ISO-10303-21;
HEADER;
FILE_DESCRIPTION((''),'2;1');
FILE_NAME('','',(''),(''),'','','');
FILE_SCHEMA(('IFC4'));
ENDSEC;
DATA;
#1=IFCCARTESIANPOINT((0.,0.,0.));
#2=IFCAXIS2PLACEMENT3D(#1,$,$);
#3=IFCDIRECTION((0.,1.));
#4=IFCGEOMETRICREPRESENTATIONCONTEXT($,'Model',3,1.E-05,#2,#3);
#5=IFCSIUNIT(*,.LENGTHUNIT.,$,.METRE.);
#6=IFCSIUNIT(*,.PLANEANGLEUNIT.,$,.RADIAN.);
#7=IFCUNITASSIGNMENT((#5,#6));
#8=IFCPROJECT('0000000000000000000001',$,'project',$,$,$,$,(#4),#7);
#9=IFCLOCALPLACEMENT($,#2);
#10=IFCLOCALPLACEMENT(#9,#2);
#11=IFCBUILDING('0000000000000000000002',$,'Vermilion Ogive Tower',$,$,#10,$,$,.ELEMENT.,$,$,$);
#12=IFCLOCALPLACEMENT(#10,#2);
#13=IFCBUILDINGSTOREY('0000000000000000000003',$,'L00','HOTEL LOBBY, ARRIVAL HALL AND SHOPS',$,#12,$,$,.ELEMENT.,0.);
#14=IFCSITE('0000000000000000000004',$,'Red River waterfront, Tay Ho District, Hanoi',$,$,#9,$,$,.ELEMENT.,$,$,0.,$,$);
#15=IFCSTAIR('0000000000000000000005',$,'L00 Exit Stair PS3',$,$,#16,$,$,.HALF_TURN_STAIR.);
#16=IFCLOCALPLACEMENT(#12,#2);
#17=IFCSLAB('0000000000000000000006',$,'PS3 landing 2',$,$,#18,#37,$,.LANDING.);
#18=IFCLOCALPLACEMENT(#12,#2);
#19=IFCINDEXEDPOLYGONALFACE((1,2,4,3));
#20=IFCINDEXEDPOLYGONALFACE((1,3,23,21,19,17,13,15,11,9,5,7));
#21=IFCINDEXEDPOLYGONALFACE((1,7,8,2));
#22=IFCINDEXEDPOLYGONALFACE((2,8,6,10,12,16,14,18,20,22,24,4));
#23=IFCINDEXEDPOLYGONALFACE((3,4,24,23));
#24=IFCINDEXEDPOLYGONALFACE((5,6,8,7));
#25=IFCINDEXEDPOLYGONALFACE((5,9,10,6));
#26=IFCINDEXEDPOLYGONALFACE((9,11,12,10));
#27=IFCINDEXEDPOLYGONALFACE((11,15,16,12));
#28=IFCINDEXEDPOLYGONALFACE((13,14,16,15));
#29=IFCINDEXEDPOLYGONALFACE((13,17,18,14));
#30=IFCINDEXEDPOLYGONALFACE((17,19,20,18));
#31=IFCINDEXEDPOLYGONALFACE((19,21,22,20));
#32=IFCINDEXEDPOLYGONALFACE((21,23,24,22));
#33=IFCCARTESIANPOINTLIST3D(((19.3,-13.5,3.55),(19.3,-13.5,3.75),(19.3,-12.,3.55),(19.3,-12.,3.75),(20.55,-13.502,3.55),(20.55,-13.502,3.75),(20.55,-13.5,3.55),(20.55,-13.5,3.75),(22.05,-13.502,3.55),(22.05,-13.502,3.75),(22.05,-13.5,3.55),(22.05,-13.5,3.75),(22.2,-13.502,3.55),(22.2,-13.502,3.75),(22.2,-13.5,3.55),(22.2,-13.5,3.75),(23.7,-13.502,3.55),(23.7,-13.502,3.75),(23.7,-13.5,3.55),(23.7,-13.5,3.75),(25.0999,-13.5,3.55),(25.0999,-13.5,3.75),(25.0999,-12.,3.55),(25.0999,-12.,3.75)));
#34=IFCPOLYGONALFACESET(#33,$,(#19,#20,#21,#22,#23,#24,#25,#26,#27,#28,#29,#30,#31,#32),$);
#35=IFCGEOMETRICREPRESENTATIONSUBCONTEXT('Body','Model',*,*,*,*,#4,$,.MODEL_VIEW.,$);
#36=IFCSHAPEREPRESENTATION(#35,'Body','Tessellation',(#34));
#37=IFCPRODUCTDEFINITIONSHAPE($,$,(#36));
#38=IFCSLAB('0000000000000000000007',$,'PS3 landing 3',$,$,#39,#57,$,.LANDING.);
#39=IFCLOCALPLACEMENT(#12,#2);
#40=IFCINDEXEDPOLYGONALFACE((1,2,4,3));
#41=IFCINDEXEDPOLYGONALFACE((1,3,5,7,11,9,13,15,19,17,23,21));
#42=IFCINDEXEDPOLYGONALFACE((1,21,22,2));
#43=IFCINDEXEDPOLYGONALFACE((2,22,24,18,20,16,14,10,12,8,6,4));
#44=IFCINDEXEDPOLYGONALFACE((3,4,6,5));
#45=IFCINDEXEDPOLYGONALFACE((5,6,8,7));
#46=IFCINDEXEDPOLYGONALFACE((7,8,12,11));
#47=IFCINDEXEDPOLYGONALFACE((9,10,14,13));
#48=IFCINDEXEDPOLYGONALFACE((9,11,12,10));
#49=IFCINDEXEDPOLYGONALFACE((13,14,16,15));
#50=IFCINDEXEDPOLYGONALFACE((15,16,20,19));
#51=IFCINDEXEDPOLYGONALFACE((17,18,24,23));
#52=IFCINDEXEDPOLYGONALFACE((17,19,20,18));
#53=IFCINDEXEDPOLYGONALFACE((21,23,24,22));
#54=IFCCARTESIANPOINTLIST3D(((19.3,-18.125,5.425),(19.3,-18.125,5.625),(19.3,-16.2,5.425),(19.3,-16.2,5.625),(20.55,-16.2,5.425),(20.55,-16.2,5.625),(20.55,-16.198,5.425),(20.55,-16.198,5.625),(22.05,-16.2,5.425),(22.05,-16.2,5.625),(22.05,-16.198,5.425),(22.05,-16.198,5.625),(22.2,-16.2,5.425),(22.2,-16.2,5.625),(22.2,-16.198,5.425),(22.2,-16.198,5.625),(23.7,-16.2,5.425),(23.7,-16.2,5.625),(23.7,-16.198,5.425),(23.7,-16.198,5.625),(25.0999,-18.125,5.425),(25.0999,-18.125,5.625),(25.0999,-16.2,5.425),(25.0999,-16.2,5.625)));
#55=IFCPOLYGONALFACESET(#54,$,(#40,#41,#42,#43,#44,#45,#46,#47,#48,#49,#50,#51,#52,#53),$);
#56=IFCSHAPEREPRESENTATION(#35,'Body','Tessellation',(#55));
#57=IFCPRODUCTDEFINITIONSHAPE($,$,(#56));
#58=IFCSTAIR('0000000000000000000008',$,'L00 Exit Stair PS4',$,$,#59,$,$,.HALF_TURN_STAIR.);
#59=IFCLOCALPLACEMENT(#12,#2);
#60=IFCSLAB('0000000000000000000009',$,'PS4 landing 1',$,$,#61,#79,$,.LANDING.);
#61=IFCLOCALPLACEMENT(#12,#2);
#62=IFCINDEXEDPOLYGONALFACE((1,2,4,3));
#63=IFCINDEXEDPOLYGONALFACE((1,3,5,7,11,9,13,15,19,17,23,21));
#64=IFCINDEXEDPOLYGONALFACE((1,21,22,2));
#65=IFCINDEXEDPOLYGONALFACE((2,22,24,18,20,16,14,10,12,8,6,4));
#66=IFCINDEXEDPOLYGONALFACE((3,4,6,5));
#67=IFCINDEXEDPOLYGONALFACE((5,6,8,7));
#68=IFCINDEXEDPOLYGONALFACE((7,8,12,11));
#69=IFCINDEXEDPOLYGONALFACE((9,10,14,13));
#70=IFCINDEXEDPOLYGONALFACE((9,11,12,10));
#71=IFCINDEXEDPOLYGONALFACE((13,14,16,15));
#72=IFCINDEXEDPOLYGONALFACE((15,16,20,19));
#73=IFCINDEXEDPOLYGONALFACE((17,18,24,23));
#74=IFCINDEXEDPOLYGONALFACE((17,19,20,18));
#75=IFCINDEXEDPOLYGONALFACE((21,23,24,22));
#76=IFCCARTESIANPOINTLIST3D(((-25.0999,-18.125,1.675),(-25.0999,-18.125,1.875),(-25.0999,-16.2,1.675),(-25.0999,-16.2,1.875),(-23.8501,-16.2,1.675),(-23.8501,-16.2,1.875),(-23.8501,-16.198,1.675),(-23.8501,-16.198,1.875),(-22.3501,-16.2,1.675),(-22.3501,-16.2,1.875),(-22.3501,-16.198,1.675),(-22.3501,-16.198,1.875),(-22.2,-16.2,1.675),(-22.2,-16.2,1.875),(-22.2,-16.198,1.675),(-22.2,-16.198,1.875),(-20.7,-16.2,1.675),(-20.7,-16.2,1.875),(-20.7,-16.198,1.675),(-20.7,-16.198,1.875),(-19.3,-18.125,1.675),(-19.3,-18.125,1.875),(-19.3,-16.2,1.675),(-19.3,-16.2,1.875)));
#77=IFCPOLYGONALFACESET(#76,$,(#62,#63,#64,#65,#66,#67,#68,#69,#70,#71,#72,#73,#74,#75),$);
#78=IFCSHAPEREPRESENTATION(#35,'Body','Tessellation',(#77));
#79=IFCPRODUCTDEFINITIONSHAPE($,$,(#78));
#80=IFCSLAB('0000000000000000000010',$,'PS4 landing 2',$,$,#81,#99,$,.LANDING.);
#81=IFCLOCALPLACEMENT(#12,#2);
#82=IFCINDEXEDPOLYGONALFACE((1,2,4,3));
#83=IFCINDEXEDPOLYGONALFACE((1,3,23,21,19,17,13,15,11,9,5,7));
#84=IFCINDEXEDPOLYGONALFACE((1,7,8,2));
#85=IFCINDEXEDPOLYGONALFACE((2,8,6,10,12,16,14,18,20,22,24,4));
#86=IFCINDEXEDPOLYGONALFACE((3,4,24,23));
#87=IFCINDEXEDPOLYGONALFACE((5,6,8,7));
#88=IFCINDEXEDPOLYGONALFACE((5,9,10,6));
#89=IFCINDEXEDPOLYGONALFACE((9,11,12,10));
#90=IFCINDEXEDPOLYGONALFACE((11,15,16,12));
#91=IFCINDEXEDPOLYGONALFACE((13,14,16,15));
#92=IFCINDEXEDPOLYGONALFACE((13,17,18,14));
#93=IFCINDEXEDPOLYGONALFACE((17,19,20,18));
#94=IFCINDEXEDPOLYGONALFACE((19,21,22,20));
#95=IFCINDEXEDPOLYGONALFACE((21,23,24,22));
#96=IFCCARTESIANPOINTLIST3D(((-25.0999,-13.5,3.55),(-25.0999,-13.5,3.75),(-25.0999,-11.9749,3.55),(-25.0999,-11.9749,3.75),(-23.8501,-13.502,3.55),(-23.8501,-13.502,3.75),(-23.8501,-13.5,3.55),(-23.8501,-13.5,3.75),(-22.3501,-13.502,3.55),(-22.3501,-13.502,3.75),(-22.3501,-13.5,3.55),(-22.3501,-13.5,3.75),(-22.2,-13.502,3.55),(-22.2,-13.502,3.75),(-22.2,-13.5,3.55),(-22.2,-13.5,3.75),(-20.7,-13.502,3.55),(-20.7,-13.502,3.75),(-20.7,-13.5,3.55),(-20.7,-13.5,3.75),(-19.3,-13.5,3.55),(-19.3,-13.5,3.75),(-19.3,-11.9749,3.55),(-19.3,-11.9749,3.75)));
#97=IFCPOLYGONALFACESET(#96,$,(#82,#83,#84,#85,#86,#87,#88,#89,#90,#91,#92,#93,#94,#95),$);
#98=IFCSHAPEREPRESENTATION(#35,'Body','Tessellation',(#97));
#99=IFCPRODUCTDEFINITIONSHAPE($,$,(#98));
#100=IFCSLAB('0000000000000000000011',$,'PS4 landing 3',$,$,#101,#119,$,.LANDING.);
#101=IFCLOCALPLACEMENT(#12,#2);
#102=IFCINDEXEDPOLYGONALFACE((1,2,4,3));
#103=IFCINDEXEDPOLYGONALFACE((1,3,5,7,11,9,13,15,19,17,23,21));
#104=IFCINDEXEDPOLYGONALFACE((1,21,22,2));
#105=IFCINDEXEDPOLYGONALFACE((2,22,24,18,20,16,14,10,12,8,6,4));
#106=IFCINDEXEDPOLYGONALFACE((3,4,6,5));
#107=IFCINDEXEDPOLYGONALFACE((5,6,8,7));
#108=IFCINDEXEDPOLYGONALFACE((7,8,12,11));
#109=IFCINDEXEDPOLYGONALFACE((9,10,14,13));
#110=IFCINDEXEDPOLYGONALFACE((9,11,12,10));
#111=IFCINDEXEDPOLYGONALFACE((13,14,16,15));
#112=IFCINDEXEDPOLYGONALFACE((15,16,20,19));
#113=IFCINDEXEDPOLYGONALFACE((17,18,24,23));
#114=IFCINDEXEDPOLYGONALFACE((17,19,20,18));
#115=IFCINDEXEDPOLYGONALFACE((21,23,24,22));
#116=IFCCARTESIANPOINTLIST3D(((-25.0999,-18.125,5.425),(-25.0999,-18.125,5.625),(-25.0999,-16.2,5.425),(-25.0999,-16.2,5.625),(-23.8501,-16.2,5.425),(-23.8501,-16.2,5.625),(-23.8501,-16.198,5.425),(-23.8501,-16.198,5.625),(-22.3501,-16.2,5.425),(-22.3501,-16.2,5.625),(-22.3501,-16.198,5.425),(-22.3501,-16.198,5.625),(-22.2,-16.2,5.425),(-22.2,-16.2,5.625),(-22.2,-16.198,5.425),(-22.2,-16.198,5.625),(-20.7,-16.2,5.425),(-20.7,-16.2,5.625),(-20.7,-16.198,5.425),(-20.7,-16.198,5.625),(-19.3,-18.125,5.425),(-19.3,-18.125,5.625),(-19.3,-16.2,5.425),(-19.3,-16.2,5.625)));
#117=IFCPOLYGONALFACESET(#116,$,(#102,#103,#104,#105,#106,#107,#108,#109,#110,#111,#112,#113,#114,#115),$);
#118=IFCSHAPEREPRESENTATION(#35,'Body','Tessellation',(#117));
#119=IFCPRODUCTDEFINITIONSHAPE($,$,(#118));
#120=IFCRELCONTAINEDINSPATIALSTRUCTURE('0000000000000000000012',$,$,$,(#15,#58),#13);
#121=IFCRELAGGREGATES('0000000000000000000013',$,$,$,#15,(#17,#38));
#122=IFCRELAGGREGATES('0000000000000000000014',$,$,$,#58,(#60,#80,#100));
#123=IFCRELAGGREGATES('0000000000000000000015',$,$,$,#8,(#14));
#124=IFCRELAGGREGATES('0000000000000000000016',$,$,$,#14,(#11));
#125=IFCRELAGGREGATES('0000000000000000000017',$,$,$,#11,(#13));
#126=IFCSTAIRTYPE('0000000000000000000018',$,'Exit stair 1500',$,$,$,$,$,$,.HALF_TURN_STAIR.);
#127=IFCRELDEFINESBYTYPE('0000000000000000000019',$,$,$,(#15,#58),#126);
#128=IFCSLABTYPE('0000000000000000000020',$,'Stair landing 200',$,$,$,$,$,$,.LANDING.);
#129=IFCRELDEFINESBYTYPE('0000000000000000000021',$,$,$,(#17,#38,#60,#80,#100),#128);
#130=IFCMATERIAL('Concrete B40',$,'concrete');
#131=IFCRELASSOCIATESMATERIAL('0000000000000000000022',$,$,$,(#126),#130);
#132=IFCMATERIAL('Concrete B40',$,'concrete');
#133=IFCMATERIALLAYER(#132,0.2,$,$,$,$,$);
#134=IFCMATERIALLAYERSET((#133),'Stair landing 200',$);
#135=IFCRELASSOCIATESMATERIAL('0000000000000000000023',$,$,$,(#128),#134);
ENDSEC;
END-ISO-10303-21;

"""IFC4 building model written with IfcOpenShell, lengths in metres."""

from ifc_helpers import new_model, si_unit, direction, frame, origin, place, context, subcontext, project, spatial, polyline, outline, extrude, material, layer, layer_set, type_object, element, aggregate, save


model = new_model("IFC4")

# Units and contexts
model_context = context("Model", 3, precision=1e-05, world=origin(), true_north=direction((0.0, 1.0)))
body_context = subcontext(model_context, "Body", "Model", "MODEL_VIEW")
ifc_project = project(units=[si_unit("LENGTHUNIT", "METRE"), si_unit("PLANEANGLEUNIT", "RADIAN")], contexts=[model_context])

# Site, building, storey
site_placement = place(None, origin())
site = spatial("IfcSite", under=ifc_project, at=site_placement, Name="Red River waterfront, Tay Ho District, Hanoi", CompositionType="ELEMENT", RefElevation=0.0)
building_placement = place(site_placement, origin())
building = spatial("IfcBuilding", under=site, at=building_placement, Name="Vermilion Ogive Tower", CompositionType="ELEMENT")
storey_placement = place(building_placement, origin())
storey = spatial("IfcBuildingStorey", under=building, at=storey_placement, Name="L00", Description="HOTEL LOBBY, ARRIVAL HALL AND SHOPS", CompositionType="ELEMENT", Elevation=0.0)

# Stairs, slabs
ifc_material_1 = material(Name="Concrete B40", Category="concrete")
stair_type = type_object("IfcStairType", Name="Exit stair 1500", PredefinedType="HALF_TURN_STAIR", material=ifc_material_1)
ifc_material_2 = material(Name="Concrete B40", Category="concrete")
ifc_layer = layer(ifc_material_2, 0.2)
ifc_layer_set = layer_set([ifc_layer], Name="Stair landing 200")
slab_type = type_object("IfcSlabType", Name="Stair landing 200", PredefinedType="LANDING", material=ifc_layer_set)
stair_1_placement = place(storey_placement, origin())
stair_1 = element("IfcStair", 1, at=stair_1_placement, inside=storey, type_object=stair_type, Name="L00 Exit Stair PS3", PredefinedType="HALF_TURN_STAIR")
slab_1_placement = place(storey_placement, frame((0.0, 0.0, 3.55)))
slab_1 = element("IfcSlab", 2, at=slab_1_placement, type_object=slab_type, Name="PS3 landing 2", PredefinedType="LANDING", context=body_context, shape_type="SweptSolid", body=[
    extrude(outline(polyline([(19.3, -13.5), (20.55, -13.5), (20.55, -13.502), (22.05, -13.502), (22.05, -13.5), (22.2, -13.5), (22.2, -13.502), (23.7, -13.502), (23.7, -13.5), (25.0999, -13.5), (25.0999, -12.0), (19.3, -12.0), (19.3, -13.5)])), origin(), (0.0, 0.0, 1.0), 0.2),
])
slab_2_placement = place(storey_placement, frame((0.0, 0.0, 5.425)))
slab_2 = element("IfcSlab", 3, at=slab_2_placement, type_object=slab_type, Name="PS3 landing 3", PredefinedType="LANDING", context=body_context, shape_type="SweptSolid", body=[
    extrude(outline(polyline([(25.0999, -16.2), (23.7, -16.2), (23.7, -16.198), (22.2, -16.198), (22.2, -16.2), (22.05, -16.2), (22.05, -16.198), (20.55, -16.198), (20.55, -16.2), (19.3, -16.2), (19.3, -18.125), (25.0999, -18.125), (25.0999, -16.2)])), origin(), (0.0, 0.0, 1.0), 0.2),
])
aggregate(stair_1, [slab_1, slab_2])
stair_2_placement = place(storey_placement, origin())
stair_2 = element("IfcStair", 4, at=stair_2_placement, inside=storey, type_object=stair_type, Name="L00 Exit Stair PS4", PredefinedType="HALF_TURN_STAIR")
slab_3_placement = place(storey_placement, frame((0.0, 0.0, 1.675)))
slab_3 = element("IfcSlab", 5, at=slab_3_placement, type_object=slab_type, Name="PS4 landing 1", PredefinedType="LANDING", context=body_context, shape_type="SweptSolid", body=[
    extrude(outline(polyline([(-19.3, -16.2), (-20.7, -16.2), (-20.7, -16.198), (-22.2, -16.198), (-22.2, -16.2), (-22.3501, -16.2), (-22.3501, -16.198), (-23.8501, -16.198), (-23.8501, -16.2), (-25.0999, -16.2), (-25.0999, -18.125), (-19.3, -18.125), (-19.3, -16.2)])), origin(), (0.0, 0.0, 1.0), 0.2),
])
slab_4_placement = place(storey_placement, frame((0.0, 0.0, 3.55)))
slab_4 = element("IfcSlab", 6, at=slab_4_placement, type_object=slab_type, Name="PS4 landing 2", PredefinedType="LANDING", context=body_context, shape_type="SweptSolid", body=[
    extrude(outline(polyline([(-25.0999, -13.5), (-23.8501, -13.5), (-23.8501, -13.502), (-22.3501, -13.502), (-22.3501, -13.5), (-22.2, -13.5), (-22.2, -13.502), (-20.7, -13.502), (-20.7, -13.5), (-19.3, -13.5), (-19.3, -11.9749), (-25.0999, -11.9749), (-25.0999, -13.5)])), origin(), (0.0, 0.0, 1.0), 0.2),
])
slab_5_placement = place(storey_placement, frame((0.0, 0.0, 5.425)))
slab_5 = element("IfcSlab", 7, at=slab_5_placement, type_object=slab_type, Name="PS4 landing 3", PredefinedType="LANDING", context=body_context, shape_type="SweptSolid", body=[
    extrude(outline(polyline([(-19.3, -16.2), (-20.7, -16.2), (-20.7, -16.198), (-22.2, -16.198), (-22.2, -16.2), (-22.3501, -16.2), (-22.3501, -16.198), (-23.8501, -16.198), (-23.8501, -16.2), (-25.0999, -16.2), (-25.0999, -18.125), (-19.3, -18.125), (-19.3, -16.2)])), origin(), (0.0, 0.0, 1.0), 0.2),
])
aggregate(stair_2, [slab_3, slab_4, slab_5])

save(model, "model.ifc")
